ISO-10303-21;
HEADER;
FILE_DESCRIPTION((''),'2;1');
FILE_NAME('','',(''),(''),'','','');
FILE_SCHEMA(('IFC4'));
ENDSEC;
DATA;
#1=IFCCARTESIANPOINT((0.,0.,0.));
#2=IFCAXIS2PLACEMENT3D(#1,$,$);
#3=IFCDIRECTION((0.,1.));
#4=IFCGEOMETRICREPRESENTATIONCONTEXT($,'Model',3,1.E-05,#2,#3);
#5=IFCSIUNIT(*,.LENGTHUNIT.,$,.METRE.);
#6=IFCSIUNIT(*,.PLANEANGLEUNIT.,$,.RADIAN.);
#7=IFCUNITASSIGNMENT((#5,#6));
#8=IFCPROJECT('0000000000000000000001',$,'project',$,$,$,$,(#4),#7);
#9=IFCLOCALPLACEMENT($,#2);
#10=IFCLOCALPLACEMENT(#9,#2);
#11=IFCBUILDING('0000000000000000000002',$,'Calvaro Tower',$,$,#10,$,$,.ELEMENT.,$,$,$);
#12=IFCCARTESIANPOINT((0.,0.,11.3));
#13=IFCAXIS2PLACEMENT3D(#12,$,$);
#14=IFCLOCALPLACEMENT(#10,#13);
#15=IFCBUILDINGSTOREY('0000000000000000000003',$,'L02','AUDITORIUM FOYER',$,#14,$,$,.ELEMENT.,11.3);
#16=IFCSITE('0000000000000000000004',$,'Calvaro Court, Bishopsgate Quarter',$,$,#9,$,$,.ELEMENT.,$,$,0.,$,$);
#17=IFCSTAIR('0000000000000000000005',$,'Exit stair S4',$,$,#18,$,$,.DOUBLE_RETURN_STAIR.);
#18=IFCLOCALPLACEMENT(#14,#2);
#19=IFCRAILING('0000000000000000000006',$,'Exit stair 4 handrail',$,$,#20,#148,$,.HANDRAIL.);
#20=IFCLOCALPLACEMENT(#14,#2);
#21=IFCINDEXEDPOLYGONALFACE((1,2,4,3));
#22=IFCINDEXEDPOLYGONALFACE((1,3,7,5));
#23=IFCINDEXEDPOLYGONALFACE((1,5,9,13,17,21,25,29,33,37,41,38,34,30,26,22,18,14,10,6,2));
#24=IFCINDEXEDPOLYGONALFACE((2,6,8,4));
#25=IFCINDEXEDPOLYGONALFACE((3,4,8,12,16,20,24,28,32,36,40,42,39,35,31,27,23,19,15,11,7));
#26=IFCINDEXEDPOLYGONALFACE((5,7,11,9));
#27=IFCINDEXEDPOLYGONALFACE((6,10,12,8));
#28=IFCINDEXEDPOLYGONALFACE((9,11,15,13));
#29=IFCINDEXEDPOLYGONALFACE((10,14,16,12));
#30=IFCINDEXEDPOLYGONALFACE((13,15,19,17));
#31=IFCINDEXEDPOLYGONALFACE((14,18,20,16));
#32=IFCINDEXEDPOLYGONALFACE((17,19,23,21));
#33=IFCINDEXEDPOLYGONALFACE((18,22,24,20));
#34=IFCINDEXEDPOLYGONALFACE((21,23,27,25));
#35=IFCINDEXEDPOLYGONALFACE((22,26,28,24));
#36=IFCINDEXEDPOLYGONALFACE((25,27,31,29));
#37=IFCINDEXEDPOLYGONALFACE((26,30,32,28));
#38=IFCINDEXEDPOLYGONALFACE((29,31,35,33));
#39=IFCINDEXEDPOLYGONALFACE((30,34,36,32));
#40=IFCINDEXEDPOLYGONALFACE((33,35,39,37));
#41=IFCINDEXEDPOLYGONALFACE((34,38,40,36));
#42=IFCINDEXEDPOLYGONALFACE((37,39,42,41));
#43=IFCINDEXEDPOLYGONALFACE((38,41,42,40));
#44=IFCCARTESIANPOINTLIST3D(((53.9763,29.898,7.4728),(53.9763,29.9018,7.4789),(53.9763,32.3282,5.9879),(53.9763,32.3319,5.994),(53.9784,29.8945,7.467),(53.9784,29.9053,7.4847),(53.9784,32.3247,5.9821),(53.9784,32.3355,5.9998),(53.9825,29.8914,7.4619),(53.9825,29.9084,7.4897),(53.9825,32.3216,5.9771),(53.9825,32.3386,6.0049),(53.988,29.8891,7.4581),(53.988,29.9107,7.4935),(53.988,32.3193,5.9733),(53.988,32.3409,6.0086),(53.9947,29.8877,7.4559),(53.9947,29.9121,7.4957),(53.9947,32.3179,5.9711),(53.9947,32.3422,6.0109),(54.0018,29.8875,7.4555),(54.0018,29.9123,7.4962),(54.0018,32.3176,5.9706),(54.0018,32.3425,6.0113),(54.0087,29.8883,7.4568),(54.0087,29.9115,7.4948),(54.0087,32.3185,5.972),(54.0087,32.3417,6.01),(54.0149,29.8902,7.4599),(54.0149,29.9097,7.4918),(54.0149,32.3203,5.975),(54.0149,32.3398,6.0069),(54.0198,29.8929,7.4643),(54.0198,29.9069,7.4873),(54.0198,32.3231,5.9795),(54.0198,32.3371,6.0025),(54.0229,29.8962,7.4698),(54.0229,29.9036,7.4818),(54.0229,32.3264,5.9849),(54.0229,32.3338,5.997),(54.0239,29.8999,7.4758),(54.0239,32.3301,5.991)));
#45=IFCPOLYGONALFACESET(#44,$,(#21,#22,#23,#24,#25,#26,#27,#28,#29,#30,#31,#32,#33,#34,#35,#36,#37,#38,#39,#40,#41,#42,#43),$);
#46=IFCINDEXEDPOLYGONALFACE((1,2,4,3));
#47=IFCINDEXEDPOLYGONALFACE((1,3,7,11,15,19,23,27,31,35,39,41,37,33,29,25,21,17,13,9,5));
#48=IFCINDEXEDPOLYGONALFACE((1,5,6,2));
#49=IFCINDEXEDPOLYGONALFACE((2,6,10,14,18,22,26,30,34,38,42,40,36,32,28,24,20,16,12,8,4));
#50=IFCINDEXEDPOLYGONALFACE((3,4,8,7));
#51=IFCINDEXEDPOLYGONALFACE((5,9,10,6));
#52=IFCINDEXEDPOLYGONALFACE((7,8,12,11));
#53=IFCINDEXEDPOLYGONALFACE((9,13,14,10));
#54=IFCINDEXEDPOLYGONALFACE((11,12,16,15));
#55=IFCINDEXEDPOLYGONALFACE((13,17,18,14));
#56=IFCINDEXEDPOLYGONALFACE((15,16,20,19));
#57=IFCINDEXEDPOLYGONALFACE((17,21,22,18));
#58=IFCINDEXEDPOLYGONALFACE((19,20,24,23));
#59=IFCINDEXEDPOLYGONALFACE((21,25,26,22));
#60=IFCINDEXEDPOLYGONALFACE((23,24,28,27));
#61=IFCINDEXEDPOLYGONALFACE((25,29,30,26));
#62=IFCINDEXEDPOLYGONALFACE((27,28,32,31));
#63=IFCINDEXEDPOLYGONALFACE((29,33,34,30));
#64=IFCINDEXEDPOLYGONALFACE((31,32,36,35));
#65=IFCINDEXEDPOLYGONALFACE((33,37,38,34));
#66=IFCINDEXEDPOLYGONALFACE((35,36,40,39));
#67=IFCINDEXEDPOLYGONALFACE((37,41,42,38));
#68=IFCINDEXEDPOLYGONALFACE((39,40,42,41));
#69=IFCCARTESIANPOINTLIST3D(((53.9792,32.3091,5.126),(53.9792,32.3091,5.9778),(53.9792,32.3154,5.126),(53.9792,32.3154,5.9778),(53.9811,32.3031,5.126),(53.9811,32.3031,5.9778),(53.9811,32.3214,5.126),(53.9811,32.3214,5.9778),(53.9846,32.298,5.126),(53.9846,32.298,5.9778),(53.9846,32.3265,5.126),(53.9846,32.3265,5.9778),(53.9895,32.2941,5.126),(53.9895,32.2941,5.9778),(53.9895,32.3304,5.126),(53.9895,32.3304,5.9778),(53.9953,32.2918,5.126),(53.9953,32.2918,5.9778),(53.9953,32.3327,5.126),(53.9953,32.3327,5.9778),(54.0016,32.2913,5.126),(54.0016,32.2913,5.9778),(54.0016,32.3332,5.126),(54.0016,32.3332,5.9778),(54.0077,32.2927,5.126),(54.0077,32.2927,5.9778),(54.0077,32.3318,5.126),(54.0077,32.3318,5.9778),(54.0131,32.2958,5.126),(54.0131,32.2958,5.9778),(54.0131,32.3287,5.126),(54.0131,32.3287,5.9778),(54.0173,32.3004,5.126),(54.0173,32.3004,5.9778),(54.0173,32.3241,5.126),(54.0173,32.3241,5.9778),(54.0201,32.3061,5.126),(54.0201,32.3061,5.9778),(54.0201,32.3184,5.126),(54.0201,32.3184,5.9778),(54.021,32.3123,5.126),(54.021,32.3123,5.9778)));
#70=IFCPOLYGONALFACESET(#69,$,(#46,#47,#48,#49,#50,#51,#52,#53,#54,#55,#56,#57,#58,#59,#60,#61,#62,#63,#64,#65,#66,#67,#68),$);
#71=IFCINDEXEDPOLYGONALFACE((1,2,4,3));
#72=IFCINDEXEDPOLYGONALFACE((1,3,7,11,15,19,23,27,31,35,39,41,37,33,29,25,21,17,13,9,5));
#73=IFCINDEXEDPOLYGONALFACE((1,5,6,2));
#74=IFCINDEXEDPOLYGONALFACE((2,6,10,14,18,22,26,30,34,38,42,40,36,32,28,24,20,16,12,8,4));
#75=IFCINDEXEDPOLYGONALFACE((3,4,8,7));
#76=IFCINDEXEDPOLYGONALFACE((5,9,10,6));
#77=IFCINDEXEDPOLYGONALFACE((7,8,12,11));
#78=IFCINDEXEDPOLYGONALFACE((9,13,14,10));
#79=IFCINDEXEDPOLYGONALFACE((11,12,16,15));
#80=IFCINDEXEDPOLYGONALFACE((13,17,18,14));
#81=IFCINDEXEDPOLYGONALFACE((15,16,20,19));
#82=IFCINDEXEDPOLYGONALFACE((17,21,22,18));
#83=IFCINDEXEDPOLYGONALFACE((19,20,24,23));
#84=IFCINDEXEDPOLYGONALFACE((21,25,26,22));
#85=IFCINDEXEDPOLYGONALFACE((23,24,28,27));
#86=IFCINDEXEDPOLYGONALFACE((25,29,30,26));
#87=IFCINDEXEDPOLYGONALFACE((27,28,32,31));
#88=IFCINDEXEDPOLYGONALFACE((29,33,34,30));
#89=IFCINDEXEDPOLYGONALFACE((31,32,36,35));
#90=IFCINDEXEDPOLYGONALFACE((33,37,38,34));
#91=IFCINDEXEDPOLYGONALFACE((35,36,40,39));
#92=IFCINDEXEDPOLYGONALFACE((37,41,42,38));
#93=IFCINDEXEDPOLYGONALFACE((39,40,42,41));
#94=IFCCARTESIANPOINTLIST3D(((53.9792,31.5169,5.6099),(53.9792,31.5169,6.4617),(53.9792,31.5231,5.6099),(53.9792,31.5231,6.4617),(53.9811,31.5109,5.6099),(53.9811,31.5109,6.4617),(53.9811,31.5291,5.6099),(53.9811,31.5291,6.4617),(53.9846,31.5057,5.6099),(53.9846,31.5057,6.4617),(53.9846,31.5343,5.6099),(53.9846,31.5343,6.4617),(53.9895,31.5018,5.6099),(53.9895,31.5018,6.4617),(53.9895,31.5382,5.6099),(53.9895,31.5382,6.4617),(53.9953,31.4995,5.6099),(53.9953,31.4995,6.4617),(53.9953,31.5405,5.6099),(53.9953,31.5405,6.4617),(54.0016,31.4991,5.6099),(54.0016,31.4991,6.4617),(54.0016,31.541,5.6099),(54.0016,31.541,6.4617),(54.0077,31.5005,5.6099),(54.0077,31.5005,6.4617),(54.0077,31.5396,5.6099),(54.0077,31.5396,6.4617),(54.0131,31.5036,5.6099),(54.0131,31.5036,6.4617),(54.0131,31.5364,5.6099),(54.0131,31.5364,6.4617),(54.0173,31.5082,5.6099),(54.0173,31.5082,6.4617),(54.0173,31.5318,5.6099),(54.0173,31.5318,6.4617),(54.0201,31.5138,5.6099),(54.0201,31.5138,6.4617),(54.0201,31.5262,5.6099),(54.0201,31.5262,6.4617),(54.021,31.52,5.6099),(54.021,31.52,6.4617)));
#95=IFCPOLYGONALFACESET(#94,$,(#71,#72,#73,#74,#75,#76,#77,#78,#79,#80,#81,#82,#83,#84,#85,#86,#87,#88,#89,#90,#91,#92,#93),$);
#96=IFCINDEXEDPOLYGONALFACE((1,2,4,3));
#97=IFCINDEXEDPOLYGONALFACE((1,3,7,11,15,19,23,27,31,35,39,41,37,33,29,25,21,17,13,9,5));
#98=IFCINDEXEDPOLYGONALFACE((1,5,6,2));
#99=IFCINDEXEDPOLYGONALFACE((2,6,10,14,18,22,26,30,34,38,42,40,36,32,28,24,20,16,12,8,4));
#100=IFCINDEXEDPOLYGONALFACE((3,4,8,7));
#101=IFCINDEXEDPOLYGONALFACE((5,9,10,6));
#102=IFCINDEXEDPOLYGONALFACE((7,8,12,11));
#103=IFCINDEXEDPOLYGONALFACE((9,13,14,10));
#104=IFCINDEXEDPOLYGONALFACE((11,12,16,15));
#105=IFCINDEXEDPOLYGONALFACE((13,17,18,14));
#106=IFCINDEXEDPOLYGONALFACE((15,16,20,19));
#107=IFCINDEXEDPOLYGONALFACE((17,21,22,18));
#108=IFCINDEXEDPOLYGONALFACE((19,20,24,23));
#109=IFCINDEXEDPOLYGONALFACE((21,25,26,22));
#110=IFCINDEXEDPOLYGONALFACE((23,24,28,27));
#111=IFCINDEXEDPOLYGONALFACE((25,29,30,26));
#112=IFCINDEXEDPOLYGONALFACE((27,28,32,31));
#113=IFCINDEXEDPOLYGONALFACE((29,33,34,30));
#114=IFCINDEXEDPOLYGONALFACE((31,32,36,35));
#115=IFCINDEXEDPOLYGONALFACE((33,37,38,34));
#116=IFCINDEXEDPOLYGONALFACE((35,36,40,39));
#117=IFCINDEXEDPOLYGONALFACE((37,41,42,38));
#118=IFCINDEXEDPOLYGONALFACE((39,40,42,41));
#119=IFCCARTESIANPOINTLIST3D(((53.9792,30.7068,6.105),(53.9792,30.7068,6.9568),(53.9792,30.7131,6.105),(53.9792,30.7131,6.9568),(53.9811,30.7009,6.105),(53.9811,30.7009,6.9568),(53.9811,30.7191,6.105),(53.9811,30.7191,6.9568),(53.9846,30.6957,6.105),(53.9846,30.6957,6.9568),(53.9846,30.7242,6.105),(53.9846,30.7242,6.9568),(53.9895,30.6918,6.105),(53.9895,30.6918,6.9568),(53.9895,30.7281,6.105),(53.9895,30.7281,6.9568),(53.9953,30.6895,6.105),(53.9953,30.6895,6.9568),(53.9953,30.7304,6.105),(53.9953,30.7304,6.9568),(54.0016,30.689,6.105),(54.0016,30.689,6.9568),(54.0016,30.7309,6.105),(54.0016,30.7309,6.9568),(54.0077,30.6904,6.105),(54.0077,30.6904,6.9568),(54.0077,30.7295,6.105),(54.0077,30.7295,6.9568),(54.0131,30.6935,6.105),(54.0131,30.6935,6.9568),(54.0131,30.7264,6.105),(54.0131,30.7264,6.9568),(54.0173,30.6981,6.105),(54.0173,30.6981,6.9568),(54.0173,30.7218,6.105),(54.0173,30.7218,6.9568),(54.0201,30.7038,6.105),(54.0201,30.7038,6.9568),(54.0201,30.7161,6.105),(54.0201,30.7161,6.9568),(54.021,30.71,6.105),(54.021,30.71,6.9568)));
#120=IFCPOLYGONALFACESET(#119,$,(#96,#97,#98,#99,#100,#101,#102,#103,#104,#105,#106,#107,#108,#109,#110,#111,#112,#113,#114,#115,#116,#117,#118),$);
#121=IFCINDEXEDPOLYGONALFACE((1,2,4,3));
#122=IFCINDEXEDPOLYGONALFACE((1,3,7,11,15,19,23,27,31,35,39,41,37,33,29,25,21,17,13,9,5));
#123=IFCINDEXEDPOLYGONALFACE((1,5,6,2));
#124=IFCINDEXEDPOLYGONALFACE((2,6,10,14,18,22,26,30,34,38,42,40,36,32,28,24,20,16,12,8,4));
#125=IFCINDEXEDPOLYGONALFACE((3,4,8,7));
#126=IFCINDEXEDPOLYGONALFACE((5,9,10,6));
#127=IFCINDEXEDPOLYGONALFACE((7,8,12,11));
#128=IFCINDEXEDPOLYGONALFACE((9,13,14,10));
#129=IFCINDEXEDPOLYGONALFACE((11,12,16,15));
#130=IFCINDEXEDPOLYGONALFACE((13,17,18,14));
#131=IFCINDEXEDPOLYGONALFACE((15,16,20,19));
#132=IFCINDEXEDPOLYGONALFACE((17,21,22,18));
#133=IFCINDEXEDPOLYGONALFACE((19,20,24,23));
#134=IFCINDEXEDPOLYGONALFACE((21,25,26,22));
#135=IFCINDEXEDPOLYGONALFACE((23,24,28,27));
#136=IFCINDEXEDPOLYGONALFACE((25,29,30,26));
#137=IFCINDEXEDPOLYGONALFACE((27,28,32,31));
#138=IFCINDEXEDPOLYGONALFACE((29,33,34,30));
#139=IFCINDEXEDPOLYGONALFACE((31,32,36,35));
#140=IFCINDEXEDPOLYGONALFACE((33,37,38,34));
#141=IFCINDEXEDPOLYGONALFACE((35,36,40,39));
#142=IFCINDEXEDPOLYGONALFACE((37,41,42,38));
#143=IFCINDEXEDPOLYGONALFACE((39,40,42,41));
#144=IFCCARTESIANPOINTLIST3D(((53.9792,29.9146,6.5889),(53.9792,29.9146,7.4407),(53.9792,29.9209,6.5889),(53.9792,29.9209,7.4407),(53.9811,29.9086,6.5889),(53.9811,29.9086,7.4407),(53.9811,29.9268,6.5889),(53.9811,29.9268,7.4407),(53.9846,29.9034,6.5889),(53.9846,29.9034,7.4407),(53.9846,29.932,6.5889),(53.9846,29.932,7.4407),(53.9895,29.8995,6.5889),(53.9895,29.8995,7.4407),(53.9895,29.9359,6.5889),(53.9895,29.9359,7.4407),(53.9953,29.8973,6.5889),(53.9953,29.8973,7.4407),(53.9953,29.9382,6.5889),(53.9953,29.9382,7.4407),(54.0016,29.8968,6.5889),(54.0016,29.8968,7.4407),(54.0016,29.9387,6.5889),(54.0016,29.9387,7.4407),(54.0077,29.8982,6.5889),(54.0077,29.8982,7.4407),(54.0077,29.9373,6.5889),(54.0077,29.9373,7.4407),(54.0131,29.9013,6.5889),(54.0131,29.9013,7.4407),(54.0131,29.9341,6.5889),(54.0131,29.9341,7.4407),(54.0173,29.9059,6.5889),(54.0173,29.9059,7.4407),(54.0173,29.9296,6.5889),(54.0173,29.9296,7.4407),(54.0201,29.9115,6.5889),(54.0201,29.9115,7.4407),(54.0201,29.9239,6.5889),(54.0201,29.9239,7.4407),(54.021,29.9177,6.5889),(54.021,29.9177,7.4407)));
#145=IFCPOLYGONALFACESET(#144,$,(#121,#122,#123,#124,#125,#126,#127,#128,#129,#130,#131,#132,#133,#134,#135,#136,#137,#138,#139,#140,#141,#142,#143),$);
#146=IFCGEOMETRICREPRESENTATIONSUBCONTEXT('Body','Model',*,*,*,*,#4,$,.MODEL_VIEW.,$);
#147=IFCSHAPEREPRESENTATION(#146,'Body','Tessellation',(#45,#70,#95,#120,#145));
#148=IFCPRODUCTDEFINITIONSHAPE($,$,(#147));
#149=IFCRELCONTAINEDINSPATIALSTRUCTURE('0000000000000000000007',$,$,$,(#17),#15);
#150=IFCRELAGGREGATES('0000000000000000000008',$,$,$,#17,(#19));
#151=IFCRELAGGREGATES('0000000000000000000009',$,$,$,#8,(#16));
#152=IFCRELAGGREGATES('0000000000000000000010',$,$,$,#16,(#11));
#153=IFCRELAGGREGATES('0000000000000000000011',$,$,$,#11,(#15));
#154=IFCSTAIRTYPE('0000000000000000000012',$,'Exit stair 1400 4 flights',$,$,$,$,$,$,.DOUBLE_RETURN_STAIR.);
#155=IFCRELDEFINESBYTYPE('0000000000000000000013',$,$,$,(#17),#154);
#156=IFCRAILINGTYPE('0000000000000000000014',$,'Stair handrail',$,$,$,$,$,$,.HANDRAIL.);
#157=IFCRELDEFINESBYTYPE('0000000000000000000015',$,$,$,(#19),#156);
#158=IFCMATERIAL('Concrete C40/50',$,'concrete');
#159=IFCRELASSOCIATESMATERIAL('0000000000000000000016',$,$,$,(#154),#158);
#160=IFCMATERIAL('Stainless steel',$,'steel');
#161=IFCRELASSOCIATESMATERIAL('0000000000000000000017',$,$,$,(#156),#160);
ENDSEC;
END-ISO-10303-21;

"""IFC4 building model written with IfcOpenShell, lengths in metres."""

from ifc_helpers import new_model, si_unit, direction, frame, origin, origin_2d, place, context, subcontext, project, spatial, circle, extrude, material, type_object, element, aggregate, save


model = new_model("IFC4")

# Units and contexts
model_context = context("Model", 3, precision=1e-05, world=origin(), true_north=direction((0.0, 1.0)))
body_context = subcontext(model_context, "Body", "Model", "MODEL_VIEW")
ifc_project = project(units=[si_unit("LENGTHUNIT", "METRE"), si_unit("PLANEANGLEUNIT", "RADIAN")], contexts=[model_context])

# Site, building, storey
site_placement = place(None, origin())
site = spatial("IfcSite", under=ifc_project, at=site_placement, Name="Calvaro Court, Bishopsgate Quarter", CompositionType="ELEMENT", RefElevation=0.0)
building_placement = place(site_placement, origin())
building = spatial("IfcBuilding", under=site, at=building_placement, Name="Calvaro Tower", CompositionType="ELEMENT")
storey_placement = place(building_placement, frame((0.0, 0.0, 11.3)))
storey = spatial("IfcBuildingStorey", under=building, at=storey_placement, Name="L02", Description="AUDITORIUM FOYER", CompositionType="ELEMENT", Elevation=11.3)

# Shared definitions
ifc_material_1 = material(Name="Concrete C40/50", Category="concrete")
stair_type = type_object("IfcStairType", Name="Exit stair 1400 4 flights", PredefinedType="DOUBLE_RETURN_STAIR", material=ifc_material_1)

# Stair, railing
stair_1_placement = place(storey_placement, origin())
stair_1 = element("IfcStair", 1, at=stair_1_placement, inside=storey, type_object=stair_type, Name="Exit stair S4", PredefinedType="DOUBLE_RETURN_STAIR")
ifc_material_2 = material(Name="Stainless steel", Category="steel")
railing_type = type_object("IfcRailingType", Name="Stair handrail", PredefinedType="HANDRAIL", material=ifc_material_2)
railing_1_placement = place(storey_placement, frame((54.0, 32.3301, 5.115)))
railing_1 = element("IfcRailing", 2, at=railing_1_placement, type_object=railing_type, Name="Exit stair 4 handrail", PredefinedType="HANDRAIL", context=body_context, shape_type="SweptSolid", body=[
    extrude(circle(Radius=0.0239, at=origin_2d()), frame((0.0, 0.0, 0.876), z_axis=(0.0, -0.85332, 0.521388), x_axis=(1.0, 0.0, 0.0)), (0.0, 0.0, 1.0), 2.8479),
    extrude(circle(Radius=0.021, at=origin_2d()), frame((0.0, -0.0178, 0.011)), (0.0, 0.0, 1.0), 0.8518),
    extrude(circle(Radius=0.021, at=origin_2d()), frame((0.0, -0.8101, 0.4949)), (0.0, 0.0, 1.0), 0.8518),
    extrude(circle(Radius=0.021, at=origin_2d()), frame((0.0, -1.6201, 0.99)), (0.0, 0.0, 1.0), 0.8518),
    extrude(circle(Radius=0.021, at=origin_2d()), frame((0.0, -2.4124, 1.4739)), (0.0, 0.0, 1.0), 0.8518),
])
aggregate(stair_1, [railing_1])

save(model, "model.ifc")
